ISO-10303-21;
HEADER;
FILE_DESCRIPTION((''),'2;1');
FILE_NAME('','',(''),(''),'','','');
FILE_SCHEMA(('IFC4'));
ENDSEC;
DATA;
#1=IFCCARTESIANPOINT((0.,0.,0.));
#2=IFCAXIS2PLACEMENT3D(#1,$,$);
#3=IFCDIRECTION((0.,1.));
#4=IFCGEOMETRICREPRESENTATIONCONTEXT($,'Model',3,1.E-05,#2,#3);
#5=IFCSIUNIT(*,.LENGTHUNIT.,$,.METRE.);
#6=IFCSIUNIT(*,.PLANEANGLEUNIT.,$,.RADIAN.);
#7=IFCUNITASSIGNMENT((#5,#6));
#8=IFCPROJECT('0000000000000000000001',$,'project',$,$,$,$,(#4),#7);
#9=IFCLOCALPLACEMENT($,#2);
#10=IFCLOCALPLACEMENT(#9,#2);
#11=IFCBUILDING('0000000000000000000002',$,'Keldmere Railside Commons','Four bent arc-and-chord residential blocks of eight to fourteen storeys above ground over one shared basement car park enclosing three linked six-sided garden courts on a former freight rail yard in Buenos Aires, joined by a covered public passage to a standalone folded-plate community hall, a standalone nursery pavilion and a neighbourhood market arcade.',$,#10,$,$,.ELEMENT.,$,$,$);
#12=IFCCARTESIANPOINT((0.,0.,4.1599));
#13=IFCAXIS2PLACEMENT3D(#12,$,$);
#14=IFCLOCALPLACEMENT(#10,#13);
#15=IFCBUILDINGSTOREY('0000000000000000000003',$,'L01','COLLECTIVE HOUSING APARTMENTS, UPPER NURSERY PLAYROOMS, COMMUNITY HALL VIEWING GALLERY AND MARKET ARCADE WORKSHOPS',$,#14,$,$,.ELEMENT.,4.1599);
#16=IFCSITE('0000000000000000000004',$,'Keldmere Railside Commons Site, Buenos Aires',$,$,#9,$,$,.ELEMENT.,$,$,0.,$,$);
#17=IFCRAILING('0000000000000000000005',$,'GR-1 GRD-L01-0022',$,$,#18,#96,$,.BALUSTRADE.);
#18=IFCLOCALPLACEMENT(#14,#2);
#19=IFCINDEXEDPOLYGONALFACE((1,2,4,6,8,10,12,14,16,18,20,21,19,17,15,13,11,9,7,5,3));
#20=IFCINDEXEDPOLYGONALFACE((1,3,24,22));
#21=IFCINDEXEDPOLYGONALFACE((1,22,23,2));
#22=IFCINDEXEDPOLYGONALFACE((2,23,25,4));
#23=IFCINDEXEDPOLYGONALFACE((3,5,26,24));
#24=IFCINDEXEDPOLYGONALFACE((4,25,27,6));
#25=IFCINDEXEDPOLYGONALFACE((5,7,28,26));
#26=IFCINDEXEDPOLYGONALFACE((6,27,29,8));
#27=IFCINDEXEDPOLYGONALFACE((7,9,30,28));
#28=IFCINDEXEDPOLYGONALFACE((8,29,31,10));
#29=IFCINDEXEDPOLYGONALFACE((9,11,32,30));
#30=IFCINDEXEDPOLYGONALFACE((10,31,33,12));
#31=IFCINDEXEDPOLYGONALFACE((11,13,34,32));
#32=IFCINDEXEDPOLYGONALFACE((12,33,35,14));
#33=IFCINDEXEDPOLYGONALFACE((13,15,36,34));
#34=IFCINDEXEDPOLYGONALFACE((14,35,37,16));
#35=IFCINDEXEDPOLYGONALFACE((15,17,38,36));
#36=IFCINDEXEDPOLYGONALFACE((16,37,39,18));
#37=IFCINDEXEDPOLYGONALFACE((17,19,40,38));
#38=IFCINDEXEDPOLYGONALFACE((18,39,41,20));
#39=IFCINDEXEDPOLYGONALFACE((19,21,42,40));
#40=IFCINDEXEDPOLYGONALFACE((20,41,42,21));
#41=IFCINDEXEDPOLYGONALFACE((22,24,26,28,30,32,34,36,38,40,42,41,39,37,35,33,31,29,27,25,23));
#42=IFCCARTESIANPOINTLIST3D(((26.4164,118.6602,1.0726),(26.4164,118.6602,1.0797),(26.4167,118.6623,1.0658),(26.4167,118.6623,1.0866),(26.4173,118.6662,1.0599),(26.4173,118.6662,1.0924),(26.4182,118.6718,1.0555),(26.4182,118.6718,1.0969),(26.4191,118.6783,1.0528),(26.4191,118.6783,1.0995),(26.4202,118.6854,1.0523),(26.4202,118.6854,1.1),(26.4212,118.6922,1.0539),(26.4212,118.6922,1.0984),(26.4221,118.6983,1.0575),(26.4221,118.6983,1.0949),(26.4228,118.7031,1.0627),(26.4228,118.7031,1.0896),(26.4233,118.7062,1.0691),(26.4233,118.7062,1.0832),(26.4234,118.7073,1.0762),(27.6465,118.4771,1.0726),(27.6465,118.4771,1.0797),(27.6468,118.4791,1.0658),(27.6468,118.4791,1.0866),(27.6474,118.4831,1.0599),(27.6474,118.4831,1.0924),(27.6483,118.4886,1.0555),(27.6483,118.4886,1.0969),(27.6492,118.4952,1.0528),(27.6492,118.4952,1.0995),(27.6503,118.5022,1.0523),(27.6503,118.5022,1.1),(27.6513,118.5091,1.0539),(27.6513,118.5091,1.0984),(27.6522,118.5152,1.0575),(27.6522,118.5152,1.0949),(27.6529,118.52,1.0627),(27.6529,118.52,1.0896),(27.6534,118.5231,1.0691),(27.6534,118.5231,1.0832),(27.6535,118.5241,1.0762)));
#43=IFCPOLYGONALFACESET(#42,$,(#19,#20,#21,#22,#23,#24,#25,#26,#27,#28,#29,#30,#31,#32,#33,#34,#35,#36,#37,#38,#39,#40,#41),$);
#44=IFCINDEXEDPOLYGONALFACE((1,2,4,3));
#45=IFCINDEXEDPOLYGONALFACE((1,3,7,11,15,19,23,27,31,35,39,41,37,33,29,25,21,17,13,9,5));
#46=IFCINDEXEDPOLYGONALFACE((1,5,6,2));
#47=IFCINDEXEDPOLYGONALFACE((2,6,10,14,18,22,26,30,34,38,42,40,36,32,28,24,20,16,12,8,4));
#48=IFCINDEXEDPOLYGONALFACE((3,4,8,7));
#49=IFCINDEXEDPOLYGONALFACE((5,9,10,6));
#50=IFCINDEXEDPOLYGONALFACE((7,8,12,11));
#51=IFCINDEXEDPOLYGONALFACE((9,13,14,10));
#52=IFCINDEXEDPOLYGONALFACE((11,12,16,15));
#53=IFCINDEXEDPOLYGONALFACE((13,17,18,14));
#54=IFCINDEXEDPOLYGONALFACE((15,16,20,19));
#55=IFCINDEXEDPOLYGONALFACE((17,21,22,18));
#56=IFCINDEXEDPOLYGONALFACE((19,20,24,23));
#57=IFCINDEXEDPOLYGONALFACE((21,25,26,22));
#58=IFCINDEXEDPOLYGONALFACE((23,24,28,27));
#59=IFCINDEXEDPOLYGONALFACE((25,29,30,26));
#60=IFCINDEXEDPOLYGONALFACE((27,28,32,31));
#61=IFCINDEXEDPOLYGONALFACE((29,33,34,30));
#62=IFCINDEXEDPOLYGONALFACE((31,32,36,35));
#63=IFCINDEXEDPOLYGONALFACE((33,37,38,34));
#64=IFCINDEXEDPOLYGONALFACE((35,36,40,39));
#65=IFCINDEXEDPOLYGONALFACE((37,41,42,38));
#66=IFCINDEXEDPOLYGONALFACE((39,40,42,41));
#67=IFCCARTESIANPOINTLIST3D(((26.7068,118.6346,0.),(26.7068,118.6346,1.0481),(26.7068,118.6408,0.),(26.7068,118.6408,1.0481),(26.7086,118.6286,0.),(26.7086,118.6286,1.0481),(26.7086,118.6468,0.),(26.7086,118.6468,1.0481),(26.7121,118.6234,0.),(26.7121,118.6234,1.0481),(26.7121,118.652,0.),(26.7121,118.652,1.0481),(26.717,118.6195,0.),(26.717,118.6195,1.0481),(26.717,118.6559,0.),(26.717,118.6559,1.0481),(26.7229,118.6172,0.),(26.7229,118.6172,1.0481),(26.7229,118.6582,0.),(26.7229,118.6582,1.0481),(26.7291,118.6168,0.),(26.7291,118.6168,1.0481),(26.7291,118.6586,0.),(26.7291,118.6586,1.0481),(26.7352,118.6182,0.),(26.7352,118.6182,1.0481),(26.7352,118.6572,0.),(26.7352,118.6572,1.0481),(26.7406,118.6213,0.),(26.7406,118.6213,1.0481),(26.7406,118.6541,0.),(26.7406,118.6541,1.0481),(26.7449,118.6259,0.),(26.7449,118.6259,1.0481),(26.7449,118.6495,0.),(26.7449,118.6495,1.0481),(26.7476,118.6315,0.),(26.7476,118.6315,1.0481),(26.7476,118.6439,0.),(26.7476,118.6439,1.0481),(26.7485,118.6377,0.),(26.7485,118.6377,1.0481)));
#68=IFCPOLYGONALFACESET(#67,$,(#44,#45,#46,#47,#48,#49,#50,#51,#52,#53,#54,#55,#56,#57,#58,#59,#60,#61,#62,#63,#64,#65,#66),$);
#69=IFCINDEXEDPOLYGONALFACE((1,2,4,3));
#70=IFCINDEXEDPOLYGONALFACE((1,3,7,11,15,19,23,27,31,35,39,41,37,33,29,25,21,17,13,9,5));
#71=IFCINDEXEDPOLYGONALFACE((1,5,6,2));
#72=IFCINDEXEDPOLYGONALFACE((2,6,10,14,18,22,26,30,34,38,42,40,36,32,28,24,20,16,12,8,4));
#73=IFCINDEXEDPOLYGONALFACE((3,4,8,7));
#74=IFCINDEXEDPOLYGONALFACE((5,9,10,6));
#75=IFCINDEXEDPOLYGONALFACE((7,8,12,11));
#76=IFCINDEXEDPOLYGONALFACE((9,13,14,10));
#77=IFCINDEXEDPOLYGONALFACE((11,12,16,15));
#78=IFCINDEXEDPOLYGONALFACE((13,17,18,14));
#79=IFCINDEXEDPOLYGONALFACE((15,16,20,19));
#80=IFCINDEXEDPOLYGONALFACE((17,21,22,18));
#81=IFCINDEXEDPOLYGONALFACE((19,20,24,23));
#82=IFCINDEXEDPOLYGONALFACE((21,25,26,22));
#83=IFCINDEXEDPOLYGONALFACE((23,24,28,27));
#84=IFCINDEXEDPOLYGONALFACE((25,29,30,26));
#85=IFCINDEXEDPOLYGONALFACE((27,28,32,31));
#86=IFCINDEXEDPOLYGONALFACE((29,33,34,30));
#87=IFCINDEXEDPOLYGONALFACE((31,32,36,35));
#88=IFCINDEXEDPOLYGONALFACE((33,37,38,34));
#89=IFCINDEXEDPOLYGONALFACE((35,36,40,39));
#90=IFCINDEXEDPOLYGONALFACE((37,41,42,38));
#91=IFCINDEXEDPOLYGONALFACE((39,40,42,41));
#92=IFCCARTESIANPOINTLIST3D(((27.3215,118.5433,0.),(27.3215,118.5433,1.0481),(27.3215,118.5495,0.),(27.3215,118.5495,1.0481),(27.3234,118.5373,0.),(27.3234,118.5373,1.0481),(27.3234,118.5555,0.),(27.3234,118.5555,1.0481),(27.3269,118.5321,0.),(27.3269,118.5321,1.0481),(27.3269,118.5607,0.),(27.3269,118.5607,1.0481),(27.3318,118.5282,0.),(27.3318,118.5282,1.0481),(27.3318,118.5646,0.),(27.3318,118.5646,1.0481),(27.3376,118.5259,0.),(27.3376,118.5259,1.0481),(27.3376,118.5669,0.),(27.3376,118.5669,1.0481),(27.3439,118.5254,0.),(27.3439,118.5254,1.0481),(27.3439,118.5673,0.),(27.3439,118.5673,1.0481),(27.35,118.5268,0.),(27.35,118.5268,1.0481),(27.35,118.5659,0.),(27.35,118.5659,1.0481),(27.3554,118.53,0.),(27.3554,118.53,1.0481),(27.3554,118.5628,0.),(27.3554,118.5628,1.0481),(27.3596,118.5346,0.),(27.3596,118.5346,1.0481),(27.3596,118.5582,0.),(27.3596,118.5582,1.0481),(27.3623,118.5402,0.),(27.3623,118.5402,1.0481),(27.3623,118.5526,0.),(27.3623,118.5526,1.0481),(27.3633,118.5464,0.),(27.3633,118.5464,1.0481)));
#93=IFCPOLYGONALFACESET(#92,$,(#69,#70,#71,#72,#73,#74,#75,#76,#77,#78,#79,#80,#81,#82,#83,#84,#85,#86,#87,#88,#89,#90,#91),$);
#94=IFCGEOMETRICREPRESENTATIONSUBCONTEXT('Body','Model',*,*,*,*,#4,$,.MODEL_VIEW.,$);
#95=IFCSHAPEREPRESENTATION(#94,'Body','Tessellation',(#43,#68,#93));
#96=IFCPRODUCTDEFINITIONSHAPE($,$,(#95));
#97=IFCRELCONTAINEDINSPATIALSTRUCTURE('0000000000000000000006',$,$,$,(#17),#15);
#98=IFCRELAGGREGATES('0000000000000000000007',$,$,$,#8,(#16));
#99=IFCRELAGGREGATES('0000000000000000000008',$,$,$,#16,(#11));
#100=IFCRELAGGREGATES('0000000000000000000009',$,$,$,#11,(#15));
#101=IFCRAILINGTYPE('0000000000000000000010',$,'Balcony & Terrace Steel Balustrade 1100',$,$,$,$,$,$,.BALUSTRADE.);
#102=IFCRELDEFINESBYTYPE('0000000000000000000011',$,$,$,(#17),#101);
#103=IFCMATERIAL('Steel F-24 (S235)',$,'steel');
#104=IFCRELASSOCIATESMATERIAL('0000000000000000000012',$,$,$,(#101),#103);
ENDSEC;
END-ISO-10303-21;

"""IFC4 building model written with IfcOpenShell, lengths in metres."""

from ifc_helpers import new_model, si_unit, direction, frame, origin, origin_2d, place, context, subcontext, project, spatial, circle, extrude, material, type_object, element, save


model = new_model("IFC4")

# Units and contexts
model_context = context("Model", 3, precision=1e-05, world=origin(), true_north=direction((0.0, 1.0)))
body_context = subcontext(model_context, "Body", "Model", "MODEL_VIEW")
ifc_project = project(units=[si_unit("LENGTHUNIT", "METRE"), si_unit("PLANEANGLEUNIT", "RADIAN")], contexts=[model_context])

# Site, building, storey
site_placement = place(None, origin())
site = spatial("IfcSite", under=ifc_project, at=site_placement, Name="Keldmere Railside Commons Site, Buenos Aires", CompositionType="ELEMENT", RefElevation=0.0)
building_placement = place(site_placement, origin())
building = spatial("IfcBuilding", under=site, at=building_placement, Name="Keldmere Railside Commons", Description="Four bent arc-and-chord residential blocks of eight to fourteen storeys above ground over one shared basement car park enclosing three linked six-sided garden courts on a former freight rail yard in Buenos Aires, joined by a covered public passage to a standalone folded-plate community hall, a standalone nursery pavilion and a neighbourhood market arcade.", CompositionType="ELEMENT")
storey_placement = place(building_placement, frame((0.0, 0.0, 4.1599)))
storey = spatial("IfcBuildingStorey", under=building, at=storey_placement, Name="L01", Description="COLLECTIVE HOUSING APARTMENTS, UPPER NURSERY PLAYROOMS, COMMUNITY HALL VIEWING GALLERY AND MARKET ARCADE WORKSHOPS", CompositionType="ELEMENT", Elevation=4.1599)

# Railing
ifc_material_1 = material(Name="Steel F-24 (S235)", Category="steel")
railing_type = type_object("IfcRailingType", Name="Balcony & Terrace Steel Balustrade 1100", PredefinedType="BALUSTRADE", material=ifc_material_1)
railing_1_placement = place(storey_placement, frame((26.4199, 118.6836, 0.0)))
element("IfcRailing", 1, at=railing_1_placement, inside=storey, type_object=railing_type, Name="GR-1 GRD-L01-0022", PredefinedType="BALUSTRADE", context=body_context, shape_type="SweptSolid", body=[
    extrude(circle(Radius=0.0239, at=origin_2d()), frame((0.0, 0.0, 1.0762), z_axis=(0.9891, -0.147246, 0.0), x_axis=(0.147246, 0.9891, 0.0)), (0.0, 0.0, 1.0), 1.2437),
    extrude(circle(Radius=0.021, at=origin_2d()), frame((0.3076, -0.0459, 0.0)), (0.0, 0.0, 1.0), 1.0481),
    extrude(circle(Radius=0.021, at=origin_2d()), frame((0.9224, -0.1372, 0.0)), (0.0, 0.0, 1.0), 1.0481),
])

save(model, "model.ifc")
